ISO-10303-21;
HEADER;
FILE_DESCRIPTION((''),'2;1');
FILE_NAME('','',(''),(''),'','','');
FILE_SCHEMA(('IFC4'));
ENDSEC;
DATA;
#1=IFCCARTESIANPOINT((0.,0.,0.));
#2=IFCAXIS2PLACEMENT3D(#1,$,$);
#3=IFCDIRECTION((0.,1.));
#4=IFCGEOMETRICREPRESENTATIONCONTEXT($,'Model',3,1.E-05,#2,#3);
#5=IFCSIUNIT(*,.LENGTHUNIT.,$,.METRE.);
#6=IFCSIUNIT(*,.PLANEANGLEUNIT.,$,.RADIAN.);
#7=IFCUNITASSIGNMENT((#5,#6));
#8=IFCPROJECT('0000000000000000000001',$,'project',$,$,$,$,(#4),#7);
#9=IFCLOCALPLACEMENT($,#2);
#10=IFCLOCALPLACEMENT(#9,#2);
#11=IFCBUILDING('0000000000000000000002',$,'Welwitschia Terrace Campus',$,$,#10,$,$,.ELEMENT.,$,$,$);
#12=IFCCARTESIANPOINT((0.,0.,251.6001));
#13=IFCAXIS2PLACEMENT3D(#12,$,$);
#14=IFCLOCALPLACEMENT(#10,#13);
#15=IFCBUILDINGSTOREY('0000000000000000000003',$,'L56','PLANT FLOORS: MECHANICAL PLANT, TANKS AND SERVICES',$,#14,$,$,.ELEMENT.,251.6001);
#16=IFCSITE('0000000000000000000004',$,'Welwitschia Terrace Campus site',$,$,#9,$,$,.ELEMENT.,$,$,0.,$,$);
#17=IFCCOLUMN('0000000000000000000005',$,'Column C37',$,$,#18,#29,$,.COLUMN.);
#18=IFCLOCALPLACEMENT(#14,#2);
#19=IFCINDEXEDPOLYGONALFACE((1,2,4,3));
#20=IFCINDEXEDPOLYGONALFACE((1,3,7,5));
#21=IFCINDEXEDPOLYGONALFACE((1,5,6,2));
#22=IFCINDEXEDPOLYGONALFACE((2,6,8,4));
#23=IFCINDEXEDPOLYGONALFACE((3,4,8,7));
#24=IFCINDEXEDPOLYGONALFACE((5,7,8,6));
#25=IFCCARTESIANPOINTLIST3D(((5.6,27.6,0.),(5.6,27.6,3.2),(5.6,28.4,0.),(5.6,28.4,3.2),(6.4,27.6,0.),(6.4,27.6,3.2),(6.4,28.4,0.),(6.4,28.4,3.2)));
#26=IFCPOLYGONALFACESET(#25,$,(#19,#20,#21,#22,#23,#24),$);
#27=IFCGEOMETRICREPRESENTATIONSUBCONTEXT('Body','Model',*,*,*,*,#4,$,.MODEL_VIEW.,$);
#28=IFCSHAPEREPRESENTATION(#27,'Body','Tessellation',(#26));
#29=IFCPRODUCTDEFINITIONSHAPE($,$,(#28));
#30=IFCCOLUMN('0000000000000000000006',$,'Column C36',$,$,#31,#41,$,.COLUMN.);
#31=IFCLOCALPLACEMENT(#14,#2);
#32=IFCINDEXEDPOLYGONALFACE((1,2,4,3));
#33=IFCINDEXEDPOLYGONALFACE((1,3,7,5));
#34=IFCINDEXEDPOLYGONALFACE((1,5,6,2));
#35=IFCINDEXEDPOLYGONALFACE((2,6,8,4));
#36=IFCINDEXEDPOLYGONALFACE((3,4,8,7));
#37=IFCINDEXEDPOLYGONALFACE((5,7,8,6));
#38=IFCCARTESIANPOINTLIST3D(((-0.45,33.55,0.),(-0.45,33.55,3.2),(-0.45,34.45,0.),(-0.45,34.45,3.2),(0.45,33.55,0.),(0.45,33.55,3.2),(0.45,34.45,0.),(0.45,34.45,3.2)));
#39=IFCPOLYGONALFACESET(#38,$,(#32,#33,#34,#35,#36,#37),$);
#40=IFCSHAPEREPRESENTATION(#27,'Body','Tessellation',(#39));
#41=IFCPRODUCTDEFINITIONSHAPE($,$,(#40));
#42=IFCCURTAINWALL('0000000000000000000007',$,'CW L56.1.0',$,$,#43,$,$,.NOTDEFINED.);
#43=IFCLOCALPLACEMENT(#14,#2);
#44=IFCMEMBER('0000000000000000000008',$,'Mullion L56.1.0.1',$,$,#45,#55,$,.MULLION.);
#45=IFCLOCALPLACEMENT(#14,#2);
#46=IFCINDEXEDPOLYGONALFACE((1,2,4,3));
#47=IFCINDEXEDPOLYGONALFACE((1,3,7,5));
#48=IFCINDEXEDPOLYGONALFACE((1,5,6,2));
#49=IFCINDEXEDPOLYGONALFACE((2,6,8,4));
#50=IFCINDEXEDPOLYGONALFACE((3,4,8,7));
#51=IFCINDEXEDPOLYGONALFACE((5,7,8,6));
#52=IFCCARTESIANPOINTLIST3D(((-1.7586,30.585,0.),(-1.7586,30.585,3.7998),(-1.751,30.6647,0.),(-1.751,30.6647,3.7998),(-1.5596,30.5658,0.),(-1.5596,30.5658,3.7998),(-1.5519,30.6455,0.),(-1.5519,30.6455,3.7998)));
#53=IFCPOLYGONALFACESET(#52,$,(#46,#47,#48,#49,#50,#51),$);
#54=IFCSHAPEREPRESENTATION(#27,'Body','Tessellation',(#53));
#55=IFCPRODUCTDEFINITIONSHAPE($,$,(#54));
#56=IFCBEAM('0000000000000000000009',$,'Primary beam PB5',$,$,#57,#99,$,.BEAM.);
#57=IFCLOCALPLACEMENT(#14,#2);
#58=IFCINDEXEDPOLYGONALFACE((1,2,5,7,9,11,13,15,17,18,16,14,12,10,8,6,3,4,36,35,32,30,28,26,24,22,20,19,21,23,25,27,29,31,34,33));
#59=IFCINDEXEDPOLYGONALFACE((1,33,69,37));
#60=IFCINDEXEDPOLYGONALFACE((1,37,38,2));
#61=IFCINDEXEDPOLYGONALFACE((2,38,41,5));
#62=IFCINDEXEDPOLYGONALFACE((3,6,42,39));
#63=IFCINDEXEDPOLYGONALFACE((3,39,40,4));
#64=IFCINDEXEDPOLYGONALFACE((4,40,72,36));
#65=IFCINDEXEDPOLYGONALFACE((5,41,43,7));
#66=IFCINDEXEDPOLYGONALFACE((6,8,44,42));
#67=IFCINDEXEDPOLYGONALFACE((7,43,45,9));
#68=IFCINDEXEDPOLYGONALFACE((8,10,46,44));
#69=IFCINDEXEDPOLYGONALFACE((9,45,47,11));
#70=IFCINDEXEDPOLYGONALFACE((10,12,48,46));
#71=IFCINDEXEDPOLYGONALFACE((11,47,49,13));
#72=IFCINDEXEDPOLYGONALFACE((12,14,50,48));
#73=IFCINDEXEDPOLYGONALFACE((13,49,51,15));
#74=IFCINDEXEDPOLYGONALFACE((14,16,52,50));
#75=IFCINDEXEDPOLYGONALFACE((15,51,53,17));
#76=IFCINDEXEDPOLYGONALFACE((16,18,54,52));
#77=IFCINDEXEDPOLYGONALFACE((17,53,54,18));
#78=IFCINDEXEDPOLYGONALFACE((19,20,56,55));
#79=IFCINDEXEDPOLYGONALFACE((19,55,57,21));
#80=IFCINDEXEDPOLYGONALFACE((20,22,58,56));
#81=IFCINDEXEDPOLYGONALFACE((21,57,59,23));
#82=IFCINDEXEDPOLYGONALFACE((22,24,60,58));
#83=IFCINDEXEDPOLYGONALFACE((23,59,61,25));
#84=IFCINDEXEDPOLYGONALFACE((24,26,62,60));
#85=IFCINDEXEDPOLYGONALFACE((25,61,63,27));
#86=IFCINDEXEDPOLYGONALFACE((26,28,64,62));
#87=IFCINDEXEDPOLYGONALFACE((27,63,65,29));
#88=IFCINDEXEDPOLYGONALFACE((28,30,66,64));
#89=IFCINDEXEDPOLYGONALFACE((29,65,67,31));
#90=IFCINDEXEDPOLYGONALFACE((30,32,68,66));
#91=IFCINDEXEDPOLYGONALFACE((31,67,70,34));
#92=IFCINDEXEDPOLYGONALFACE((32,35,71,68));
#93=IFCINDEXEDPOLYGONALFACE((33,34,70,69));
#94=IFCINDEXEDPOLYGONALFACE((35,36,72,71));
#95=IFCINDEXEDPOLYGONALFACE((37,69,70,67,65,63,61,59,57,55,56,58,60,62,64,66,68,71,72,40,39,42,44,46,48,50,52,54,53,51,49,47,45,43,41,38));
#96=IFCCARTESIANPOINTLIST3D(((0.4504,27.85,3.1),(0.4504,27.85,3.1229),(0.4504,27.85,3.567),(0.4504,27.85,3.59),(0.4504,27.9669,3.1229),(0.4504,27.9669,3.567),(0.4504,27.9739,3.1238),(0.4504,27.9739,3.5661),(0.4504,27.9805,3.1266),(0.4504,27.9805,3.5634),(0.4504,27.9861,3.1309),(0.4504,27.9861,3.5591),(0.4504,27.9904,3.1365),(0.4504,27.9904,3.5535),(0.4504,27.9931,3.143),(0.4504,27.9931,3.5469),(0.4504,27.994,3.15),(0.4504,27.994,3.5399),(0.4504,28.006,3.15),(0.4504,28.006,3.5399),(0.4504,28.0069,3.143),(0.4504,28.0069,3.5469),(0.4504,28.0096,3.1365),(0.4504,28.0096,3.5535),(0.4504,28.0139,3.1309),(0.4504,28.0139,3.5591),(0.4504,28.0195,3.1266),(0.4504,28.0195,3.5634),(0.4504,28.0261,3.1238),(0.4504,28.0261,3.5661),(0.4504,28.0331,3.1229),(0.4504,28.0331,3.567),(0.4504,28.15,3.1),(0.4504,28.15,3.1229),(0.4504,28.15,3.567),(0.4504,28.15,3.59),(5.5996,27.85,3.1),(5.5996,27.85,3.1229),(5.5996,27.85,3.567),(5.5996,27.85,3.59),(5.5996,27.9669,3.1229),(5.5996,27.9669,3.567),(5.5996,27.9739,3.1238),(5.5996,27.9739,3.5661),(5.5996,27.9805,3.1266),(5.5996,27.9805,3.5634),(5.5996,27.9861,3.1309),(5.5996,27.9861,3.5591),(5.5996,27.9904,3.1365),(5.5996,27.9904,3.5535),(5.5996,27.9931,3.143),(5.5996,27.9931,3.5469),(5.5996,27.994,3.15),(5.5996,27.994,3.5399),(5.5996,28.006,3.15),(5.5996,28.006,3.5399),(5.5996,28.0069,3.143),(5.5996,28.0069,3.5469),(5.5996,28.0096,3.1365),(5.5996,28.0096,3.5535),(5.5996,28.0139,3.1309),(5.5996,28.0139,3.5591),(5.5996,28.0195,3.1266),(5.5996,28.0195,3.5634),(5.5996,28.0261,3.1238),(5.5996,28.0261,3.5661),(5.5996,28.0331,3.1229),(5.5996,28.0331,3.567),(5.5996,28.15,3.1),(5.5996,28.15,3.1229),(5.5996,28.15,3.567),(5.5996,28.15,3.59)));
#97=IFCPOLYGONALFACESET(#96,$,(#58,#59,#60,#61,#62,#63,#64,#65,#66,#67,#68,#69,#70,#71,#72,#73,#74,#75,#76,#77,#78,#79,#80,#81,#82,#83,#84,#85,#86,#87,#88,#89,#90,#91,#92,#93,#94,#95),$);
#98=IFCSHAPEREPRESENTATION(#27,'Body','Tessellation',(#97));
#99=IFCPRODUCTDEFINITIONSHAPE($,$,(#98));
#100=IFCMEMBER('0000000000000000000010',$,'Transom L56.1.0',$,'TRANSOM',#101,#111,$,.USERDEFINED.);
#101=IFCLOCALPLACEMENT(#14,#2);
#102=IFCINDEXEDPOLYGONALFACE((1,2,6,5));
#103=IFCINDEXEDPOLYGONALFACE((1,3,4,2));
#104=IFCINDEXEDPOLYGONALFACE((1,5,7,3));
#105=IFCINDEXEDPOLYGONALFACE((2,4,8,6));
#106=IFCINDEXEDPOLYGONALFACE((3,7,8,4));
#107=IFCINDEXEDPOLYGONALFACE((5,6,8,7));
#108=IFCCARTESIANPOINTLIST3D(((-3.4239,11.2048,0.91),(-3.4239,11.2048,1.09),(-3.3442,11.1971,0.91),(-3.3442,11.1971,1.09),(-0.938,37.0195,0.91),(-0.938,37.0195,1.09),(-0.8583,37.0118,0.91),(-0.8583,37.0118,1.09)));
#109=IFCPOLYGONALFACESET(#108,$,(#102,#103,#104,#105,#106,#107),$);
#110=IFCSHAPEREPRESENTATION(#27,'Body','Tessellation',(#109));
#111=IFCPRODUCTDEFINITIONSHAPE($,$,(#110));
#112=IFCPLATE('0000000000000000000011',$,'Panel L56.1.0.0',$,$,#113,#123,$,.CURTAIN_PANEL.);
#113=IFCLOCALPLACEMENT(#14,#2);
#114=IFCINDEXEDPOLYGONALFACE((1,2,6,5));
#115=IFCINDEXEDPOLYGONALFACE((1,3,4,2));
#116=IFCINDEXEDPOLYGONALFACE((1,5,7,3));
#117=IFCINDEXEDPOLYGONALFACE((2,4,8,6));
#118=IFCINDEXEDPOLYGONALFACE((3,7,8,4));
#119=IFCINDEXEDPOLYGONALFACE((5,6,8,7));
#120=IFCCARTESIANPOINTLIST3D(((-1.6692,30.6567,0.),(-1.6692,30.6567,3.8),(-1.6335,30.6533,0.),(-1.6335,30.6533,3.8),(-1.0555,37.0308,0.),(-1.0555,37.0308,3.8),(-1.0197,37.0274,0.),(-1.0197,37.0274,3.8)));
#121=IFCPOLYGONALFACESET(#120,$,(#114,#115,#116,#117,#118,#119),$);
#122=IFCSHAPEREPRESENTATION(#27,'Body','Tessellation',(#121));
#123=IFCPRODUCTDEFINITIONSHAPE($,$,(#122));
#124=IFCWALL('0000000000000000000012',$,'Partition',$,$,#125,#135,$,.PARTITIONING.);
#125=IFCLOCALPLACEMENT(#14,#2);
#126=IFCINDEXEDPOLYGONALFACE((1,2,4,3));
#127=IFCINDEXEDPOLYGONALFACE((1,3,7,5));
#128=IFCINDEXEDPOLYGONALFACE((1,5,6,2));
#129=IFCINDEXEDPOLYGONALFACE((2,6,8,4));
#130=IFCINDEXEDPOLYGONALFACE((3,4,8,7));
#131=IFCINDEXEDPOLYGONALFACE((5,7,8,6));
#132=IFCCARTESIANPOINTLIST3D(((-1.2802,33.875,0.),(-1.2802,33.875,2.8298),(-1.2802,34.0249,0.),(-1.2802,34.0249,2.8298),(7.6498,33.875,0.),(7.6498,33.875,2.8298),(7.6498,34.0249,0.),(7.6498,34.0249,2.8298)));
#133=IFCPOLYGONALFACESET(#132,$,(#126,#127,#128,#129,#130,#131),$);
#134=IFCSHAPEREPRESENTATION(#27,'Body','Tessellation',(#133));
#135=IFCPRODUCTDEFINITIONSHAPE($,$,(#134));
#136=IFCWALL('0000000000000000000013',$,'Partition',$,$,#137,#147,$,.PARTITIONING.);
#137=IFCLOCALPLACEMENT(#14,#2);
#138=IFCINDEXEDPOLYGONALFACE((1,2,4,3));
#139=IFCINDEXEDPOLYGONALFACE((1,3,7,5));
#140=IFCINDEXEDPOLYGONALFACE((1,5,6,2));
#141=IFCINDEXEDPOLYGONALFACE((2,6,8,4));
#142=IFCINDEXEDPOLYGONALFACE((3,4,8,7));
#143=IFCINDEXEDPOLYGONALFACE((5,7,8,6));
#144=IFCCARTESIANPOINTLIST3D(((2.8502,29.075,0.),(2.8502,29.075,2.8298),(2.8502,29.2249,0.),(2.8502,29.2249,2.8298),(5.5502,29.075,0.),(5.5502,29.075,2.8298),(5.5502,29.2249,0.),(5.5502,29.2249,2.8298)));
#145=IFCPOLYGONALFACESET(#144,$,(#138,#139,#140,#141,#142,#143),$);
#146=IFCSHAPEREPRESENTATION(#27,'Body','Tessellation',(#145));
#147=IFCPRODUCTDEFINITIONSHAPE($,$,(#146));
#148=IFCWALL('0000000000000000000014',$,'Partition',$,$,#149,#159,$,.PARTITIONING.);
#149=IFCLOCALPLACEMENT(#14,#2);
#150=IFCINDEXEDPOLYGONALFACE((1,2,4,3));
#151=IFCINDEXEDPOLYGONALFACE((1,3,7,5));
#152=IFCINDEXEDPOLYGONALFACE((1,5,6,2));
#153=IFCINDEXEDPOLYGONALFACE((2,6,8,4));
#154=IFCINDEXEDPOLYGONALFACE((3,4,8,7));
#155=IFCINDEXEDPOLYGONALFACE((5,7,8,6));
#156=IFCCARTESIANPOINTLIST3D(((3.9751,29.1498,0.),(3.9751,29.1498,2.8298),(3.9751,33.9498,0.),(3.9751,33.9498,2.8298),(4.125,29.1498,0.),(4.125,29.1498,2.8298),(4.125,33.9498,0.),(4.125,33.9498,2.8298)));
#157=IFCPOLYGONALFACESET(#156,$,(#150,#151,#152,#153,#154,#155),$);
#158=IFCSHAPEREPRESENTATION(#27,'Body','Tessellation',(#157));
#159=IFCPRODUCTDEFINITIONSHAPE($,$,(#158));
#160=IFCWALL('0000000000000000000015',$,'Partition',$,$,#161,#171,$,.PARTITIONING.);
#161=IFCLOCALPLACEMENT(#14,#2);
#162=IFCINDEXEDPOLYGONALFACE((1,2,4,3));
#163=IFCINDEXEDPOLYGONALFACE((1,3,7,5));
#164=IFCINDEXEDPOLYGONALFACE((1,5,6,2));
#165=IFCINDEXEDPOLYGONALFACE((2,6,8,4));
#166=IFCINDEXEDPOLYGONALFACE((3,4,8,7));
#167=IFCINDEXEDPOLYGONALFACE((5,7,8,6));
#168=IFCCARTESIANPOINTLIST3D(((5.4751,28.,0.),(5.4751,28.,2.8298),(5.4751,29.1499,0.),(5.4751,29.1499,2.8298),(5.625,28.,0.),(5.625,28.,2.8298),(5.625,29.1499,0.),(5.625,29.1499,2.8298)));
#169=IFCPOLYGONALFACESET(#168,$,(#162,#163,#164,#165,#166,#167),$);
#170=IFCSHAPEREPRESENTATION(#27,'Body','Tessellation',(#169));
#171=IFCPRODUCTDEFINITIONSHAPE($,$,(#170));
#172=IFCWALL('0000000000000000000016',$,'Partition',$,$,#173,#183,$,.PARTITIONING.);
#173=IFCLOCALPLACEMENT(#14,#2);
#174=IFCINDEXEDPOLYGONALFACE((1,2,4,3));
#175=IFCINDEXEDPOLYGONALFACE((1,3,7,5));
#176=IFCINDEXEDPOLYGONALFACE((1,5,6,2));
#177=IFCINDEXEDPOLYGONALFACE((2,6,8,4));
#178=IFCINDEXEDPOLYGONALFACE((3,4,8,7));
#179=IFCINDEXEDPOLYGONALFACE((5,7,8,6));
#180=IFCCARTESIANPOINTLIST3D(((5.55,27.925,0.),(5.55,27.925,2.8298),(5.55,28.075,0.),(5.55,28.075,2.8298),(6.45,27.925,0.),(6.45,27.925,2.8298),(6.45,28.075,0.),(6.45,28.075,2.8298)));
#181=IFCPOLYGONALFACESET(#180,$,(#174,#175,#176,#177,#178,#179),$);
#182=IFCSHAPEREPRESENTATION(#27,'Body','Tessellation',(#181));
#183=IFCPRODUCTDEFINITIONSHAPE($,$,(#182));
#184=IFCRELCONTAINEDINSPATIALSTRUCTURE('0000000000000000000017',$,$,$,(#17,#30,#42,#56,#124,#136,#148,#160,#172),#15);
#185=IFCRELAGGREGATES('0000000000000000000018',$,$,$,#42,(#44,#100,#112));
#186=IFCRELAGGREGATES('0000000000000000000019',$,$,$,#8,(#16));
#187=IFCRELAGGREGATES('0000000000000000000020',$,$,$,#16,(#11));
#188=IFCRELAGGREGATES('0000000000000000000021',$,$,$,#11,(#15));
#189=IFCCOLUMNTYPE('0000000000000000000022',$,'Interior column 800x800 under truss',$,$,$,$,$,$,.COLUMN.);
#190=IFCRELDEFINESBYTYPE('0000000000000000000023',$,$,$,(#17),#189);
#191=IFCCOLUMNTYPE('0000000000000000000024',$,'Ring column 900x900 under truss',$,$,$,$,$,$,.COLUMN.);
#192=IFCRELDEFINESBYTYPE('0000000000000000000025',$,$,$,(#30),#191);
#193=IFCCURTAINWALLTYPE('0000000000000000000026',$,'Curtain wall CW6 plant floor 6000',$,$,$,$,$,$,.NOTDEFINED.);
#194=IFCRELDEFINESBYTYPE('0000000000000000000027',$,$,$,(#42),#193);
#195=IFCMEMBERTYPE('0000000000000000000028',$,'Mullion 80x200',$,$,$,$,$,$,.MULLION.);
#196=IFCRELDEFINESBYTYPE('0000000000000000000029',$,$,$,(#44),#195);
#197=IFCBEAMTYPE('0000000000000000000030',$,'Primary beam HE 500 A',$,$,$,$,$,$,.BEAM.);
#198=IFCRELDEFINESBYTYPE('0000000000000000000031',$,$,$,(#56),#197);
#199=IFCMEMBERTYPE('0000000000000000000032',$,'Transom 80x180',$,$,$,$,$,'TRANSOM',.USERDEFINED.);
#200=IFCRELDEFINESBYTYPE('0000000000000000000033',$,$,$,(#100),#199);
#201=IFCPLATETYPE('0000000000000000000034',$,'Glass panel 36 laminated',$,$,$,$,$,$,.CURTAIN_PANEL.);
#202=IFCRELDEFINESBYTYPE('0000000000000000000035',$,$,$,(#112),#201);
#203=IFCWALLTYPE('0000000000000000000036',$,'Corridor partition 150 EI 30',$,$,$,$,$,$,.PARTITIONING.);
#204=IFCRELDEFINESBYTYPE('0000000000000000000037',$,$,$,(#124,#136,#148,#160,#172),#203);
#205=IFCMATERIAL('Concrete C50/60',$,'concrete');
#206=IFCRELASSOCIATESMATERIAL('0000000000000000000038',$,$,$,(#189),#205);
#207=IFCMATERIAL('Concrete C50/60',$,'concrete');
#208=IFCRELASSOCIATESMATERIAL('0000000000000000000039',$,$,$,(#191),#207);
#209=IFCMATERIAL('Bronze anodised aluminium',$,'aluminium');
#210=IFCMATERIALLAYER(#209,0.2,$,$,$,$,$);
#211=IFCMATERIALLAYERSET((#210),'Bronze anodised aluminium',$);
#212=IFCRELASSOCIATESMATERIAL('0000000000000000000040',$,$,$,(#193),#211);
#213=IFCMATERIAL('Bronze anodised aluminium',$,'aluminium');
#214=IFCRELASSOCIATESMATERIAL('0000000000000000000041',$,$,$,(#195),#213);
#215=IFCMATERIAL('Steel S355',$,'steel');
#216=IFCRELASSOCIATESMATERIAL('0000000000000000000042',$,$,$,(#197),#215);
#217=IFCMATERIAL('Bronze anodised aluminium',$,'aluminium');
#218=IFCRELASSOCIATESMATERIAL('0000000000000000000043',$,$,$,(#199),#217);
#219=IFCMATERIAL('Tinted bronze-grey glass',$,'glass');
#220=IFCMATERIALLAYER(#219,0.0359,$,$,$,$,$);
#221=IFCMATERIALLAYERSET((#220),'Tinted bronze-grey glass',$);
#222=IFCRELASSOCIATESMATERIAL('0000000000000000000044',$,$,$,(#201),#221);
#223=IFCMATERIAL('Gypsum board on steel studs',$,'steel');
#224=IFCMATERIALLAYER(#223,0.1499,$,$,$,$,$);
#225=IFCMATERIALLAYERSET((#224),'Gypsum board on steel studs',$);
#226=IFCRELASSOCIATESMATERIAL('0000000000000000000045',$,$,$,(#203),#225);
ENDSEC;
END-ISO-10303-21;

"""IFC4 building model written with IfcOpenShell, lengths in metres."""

from ifc_helpers import new_model, si_unit, direction, frame, frame_2d, origin, origin_2d, place, context, subcontext, project, spatial, rectangle, i_section, extrude, material, layer, layer_set, material_profile, profile_set, type_object, element, aggregate, save


model = new_model("IFC4")

# Units and contexts
model_context = context("Model", 3, precision=1e-05, world=origin(), true_north=direction((0.0, 1.0)))
body_context = subcontext(model_context, "Body", "Model", "MODEL_VIEW")
ifc_project = project(units=[si_unit("LENGTHUNIT", "METRE"), si_unit("PLANEANGLEUNIT", "RADIAN")], contexts=[model_context])

# Site, building, storey
site_placement = place(None, origin())
site = spatial("IfcSite", under=ifc_project, at=site_placement, Name="Welwitschia Terrace Campus site", CompositionType="ELEMENT", RefElevation=0.0)
building_placement = place(site_placement, origin())
building = spatial("IfcBuilding", under=site, at=building_placement, Name="Welwitschia Terrace Campus", CompositionType="ELEMENT")
storey_placement = place(building_placement, frame((0.0, 0.0, 251.6001)))
storey = spatial("IfcBuildingStorey", under=building, at=storey_placement, Name="L56", Description="PLANT FLOORS: MECHANICAL PLANT, TANKS AND SERVICES", CompositionType="ELEMENT", Elevation=251.6001)

# Columns
ifc_material_1 = material(Name="Concrete C50/60", Category="concrete")
ifc_material_profile_1 = material_profile(ifc_material_1, rectangle(XDim=0.8, YDim=0.8, at=origin_2d()))
ifc_profile_set_1 = profile_set([ifc_material_profile_1], Name="Concrete C50/60")
column_type_1 = type_object("IfcColumnType", Name="Interior column 800x800 under truss", PredefinedType="COLUMN", material=ifc_profile_set_1)
column_1_placement = place(storey_placement, frame((6.0, 28.0, 0.0), z_axis=(0.0, 0.0, 1.0), x_axis=(1.0, 0.0, 0.0)))
element("IfcColumn", 1, at=column_1_placement, inside=storey, type_object=column_type_1, Name="Column C37", PredefinedType="COLUMN", context=body_context, shape_type="SweptSolid", body=[
    extrude(rectangle(XDim=0.8, YDim=0.8, at=origin_2d()), origin(), (0.0, 0.0, 1.0), 3.2),
])
ifc_material_2 = material(Name="Concrete C50/60", Category="concrete")
ifc_material_profile_2 = material_profile(ifc_material_2, rectangle(XDim=0.8999, YDim=0.8999, at=origin_2d()))
ifc_profile_set_2 = profile_set([ifc_material_profile_2], Name="Concrete C50/60")
column_type_2 = type_object("IfcColumnType", Name="Ring column 900x900 under truss", PredefinedType="COLUMN", material=ifc_profile_set_2)
column_2_placement = place(storey_placement, frame((0.0, 34.0, 0.0), z_axis=(0.0, 0.0, 1.0), x_axis=(1.0, 0.0, 0.0)))
element("IfcColumn", 2, at=column_2_placement, inside=storey, type_object=column_type_2, Name="Column C36", PredefinedType="COLUMN", context=body_context, shape_type="SweptSolid", body=[
    extrude(rectangle(XDim=0.8999, YDim=0.8999, at=origin_2d()), origin(), (0.0, 0.0, 1.0), 3.2),
])

# Curtain wall, member
ifc_material_3 = material(Name="Bronze anodised aluminium", Category="aluminium")
ifc_layer_1 = layer(ifc_material_3, 0.2)
ifc_layer_set_1 = layer_set([ifc_layer_1], Name="Bronze anodised aluminium")
curtain_wall_type = type_object("IfcCurtainWallType", Name="Curtain wall CW6 plant floor 6000", PredefinedType="NOTDEFINED", material=ifc_layer_set_1)
curtain_wall_placement = place(storey_placement, origin())
curtain_wall = element("IfcCurtainWall", 3, at=curtain_wall_placement, inside=storey, type_object=curtain_wall_type, Name="CW L56.1.0", PredefinedType="NOTDEFINED")
ifc_material_4 = material(Name="Bronze anodised aluminium", Category="aluminium")
ifc_material_profile_3 = material_profile(ifc_material_4, rectangle(XDim=0.2, YDim=0.0801, at=origin_2d()))
ifc_profile_set_3 = profile_set([ifc_material_profile_3], Name="Bronze anodised aluminium")
member_type_1 = type_object("IfcMemberType", Name="Mullion 80x200", PredefinedType="MULLION", material=ifc_profile_set_3)
member_1_placement = place(storey_placement, frame((-1.6553, 30.6152, 0.0), z_axis=(0.0, 0.0, 1.0), x_axis=(0.995396, -0.095846, 0.0)))
member_1 = element("IfcMember", 4, at=member_1_placement, type_object=member_type_1, Name="Mullion L56.1.0.1", PredefinedType="MULLION", context=body_context, shape_type="SweptSolid", body=[
    extrude(rectangle(XDim=0.2, YDim=0.0801, at=origin_2d()), origin(), (0.0, 0.0, 1.0), 3.7998),
])

# Beam
ifc_material_5 = material(Name="Steel S355", Category="steel")
ifc_material_profile_4 = material_profile(ifc_material_5, i_section(OverallWidth=0.3, OverallDepth=0.49, WebThickness=0.012, FlangeThickness=0.0229, FilletRadius=0.0271, at=origin_2d()))
ifc_profile_set_4 = profile_set([ifc_material_profile_4], Name="Steel S355")
beam_type = type_object("IfcBeamType", Name="Primary beam HE 500 A", PredefinedType="BEAM", material=ifc_profile_set_4)
beam_placement = place(storey_placement, frame((0.4504, 28.0, 3.345), z_axis=(1.0, 0.0, 0.0), x_axis=(0.0, 1.0, 0.0)))
element("IfcBeam", 5, at=beam_placement, inside=storey, type_object=beam_type, Name="Primary beam PB5", PredefinedType="BEAM", context=body_context, shape_type="SweptSolid", body=[
    extrude(i_section(OverallWidth=0.3, OverallDepth=0.49, WebThickness=0.012, FlangeThickness=0.0229, FilletRadius=0.0271, at=origin_2d()), origin(), (0.0, 0.0, 1.0), 5.1492),
])

# Member
ifc_material_6 = material(Name="Bronze anodised aluminium", Category="aluminium")
ifc_material_profile_5 = material_profile(ifc_material_6, rectangle(XDim=0.0801, YDim=0.1799, at=origin_2d()))
ifc_profile_set_5 = profile_set([ifc_material_profile_5], Name="Bronze anodised aluminium")
member_type_2 = type_object("IfcMemberType", Name="Transom 80x180", ElementType="TRANSOM", PredefinedType="USERDEFINED", material=ifc_profile_set_5)
member_2_placement = place(storey_placement, frame((-0.8982, 37.0156, 1.0), z_axis=(-0.095852, -0.995396, 0.0), x_axis=(0.995396, -0.095852, 0.0)))
member_2 = element("IfcMember", 6, at=member_2_placement, type_object=member_type_2, Name="Transom L56.1.0", ObjectType="TRANSOM", PredefinedType="USERDEFINED", context=body_context, shape_type="SweptSolid", body=[
    extrude(rectangle(XDim=0.0801, YDim=0.1799, at=origin_2d()), origin(), (0.0, 0.0, 1.0), 25.9341),
])

# Plate
ifc_material_7 = material(Name="Tinted bronze-grey glass", Category="glass")
ifc_layer_2 = layer(ifc_material_7, 0.0359)
ifc_layer_set_2 = layer_set([ifc_layer_2], Name="Tinted bronze-grey glass")
plate_type = type_object("IfcPlateType", Name="Glass panel 36 laminated", PredefinedType="CURTAIN_PANEL", material=ifc_layer_set_2)
plate_placement = place(storey_placement, frame((-1.3445, 33.842, 0.0), z_axis=(0.0, 0.0, 1.0), x_axis=(-0.095846, -0.995396, 0.0)))
plate = element("IfcPlate", 7, at=plate_placement, type_object=plate_type, Name="Panel L56.1.0.0", PredefinedType="CURTAIN_PANEL", context=body_context, shape_type="SweptSolid", body=[
    extrude(rectangle(XDim=6.4036, YDim=0.0359, at=origin_2d()), origin(), (0.0, 0.0, 1.0), 3.8),
])
aggregate(curtain_wall, [member_1, member_2, plate])

# Walls
ifc_material_8 = material(Name="Gypsum board on steel studs", Category="steel")
ifc_layer_3 = layer(ifc_material_8, 0.1499)
ifc_layer_set_3 = layer_set([ifc_layer_3], Name="Gypsum board on steel studs")
wall_type = type_object("IfcWallType", Name="Corridor partition 150 EI 30", PredefinedType="PARTITIONING", material=ifc_layer_set_3)
wall_1_placement = place(storey_placement, frame((-1.28, 33.95, 0.0), z_axis=(0.0, 0.0, 1.0), x_axis=(1.0, 0.0, 0.0)))
element("IfcWall", 8, at=wall_1_placement, inside=storey, type_object=wall_type, Name="Partition", PredefinedType="PARTITIONING", context=body_context, shape_type="SweptSolid", body=[
    extrude(rectangle(XDim=8.9299, YDim=0.1499, at=frame_2d((4.4648, 0.0))), origin(), (0.0, 0.0, 1.0), 2.8298),
])
wall_2_placement = place(storey_placement, frame((2.8501, 29.1499, 0.0), z_axis=(0.0, 0.0, 1.0), x_axis=(1.0, 0.0, 0.0)))
element("IfcWall", 9, at=wall_2_placement, inside=storey, type_object=wall_type, Name="Partition", PredefinedType="PARTITIONING", context=body_context, shape_type="SweptSolid", body=[
    extrude(rectangle(XDim=2.7, YDim=0.1499, at=frame_2d((1.3501, 0.0))), origin(), (0.0, 0.0, 1.0), 2.8298),
])
wall_3_placement = place(storey_placement, frame((4.05, 29.1499, 0.0), z_axis=(0.0, 0.0, 1.0), x_axis=(0.0, 1.0, 0.0)))
element("IfcWall", 10, at=wall_3_placement, inside=storey, type_object=wall_type, Name="Partition", PredefinedType="PARTITIONING", context=body_context, shape_type="SweptSolid", body=[
    extrude(rectangle(XDim=4.8, YDim=0.1499, at=frame_2d((2.3999, 0.0))), origin(), (0.0, 0.0, 1.0), 2.8298),
])
wall_4_placement = place(storey_placement, frame((5.55, 28.0, 0.0), z_axis=(0.0, 0.0, 1.0), x_axis=(0.0, 1.0, 0.0)))
element("IfcWall", 11, at=wall_4_placement, inside=storey, type_object=wall_type, Name="Partition", PredefinedType="PARTITIONING", context=body_context, shape_type="SweptSolid", body=[
    extrude(rectangle(XDim=1.1499, YDim=0.1499, at=frame_2d((0.575, 0.0))), origin(), (0.0, 0.0, 1.0), 2.8298),
])
wall_5_placement = place(storey_placement, frame((5.55, 28.0, 0.0), z_axis=(0.0, 0.0, 1.0), x_axis=(1.0, 0.0, 0.0)))
element("IfcWall", 12, at=wall_5_placement, inside=storey, type_object=wall_type, Name="Partition", PredefinedType="PARTITIONING", context=body_context, shape_type="SweptSolid", body=[
    extrude(rectangle(XDim=0.8999, YDim=0.1499, at=frame_2d((0.45, 0.0))), origin(), (0.0, 0.0, 1.0), 2.8298),
])

save(model, "model.ifc")
